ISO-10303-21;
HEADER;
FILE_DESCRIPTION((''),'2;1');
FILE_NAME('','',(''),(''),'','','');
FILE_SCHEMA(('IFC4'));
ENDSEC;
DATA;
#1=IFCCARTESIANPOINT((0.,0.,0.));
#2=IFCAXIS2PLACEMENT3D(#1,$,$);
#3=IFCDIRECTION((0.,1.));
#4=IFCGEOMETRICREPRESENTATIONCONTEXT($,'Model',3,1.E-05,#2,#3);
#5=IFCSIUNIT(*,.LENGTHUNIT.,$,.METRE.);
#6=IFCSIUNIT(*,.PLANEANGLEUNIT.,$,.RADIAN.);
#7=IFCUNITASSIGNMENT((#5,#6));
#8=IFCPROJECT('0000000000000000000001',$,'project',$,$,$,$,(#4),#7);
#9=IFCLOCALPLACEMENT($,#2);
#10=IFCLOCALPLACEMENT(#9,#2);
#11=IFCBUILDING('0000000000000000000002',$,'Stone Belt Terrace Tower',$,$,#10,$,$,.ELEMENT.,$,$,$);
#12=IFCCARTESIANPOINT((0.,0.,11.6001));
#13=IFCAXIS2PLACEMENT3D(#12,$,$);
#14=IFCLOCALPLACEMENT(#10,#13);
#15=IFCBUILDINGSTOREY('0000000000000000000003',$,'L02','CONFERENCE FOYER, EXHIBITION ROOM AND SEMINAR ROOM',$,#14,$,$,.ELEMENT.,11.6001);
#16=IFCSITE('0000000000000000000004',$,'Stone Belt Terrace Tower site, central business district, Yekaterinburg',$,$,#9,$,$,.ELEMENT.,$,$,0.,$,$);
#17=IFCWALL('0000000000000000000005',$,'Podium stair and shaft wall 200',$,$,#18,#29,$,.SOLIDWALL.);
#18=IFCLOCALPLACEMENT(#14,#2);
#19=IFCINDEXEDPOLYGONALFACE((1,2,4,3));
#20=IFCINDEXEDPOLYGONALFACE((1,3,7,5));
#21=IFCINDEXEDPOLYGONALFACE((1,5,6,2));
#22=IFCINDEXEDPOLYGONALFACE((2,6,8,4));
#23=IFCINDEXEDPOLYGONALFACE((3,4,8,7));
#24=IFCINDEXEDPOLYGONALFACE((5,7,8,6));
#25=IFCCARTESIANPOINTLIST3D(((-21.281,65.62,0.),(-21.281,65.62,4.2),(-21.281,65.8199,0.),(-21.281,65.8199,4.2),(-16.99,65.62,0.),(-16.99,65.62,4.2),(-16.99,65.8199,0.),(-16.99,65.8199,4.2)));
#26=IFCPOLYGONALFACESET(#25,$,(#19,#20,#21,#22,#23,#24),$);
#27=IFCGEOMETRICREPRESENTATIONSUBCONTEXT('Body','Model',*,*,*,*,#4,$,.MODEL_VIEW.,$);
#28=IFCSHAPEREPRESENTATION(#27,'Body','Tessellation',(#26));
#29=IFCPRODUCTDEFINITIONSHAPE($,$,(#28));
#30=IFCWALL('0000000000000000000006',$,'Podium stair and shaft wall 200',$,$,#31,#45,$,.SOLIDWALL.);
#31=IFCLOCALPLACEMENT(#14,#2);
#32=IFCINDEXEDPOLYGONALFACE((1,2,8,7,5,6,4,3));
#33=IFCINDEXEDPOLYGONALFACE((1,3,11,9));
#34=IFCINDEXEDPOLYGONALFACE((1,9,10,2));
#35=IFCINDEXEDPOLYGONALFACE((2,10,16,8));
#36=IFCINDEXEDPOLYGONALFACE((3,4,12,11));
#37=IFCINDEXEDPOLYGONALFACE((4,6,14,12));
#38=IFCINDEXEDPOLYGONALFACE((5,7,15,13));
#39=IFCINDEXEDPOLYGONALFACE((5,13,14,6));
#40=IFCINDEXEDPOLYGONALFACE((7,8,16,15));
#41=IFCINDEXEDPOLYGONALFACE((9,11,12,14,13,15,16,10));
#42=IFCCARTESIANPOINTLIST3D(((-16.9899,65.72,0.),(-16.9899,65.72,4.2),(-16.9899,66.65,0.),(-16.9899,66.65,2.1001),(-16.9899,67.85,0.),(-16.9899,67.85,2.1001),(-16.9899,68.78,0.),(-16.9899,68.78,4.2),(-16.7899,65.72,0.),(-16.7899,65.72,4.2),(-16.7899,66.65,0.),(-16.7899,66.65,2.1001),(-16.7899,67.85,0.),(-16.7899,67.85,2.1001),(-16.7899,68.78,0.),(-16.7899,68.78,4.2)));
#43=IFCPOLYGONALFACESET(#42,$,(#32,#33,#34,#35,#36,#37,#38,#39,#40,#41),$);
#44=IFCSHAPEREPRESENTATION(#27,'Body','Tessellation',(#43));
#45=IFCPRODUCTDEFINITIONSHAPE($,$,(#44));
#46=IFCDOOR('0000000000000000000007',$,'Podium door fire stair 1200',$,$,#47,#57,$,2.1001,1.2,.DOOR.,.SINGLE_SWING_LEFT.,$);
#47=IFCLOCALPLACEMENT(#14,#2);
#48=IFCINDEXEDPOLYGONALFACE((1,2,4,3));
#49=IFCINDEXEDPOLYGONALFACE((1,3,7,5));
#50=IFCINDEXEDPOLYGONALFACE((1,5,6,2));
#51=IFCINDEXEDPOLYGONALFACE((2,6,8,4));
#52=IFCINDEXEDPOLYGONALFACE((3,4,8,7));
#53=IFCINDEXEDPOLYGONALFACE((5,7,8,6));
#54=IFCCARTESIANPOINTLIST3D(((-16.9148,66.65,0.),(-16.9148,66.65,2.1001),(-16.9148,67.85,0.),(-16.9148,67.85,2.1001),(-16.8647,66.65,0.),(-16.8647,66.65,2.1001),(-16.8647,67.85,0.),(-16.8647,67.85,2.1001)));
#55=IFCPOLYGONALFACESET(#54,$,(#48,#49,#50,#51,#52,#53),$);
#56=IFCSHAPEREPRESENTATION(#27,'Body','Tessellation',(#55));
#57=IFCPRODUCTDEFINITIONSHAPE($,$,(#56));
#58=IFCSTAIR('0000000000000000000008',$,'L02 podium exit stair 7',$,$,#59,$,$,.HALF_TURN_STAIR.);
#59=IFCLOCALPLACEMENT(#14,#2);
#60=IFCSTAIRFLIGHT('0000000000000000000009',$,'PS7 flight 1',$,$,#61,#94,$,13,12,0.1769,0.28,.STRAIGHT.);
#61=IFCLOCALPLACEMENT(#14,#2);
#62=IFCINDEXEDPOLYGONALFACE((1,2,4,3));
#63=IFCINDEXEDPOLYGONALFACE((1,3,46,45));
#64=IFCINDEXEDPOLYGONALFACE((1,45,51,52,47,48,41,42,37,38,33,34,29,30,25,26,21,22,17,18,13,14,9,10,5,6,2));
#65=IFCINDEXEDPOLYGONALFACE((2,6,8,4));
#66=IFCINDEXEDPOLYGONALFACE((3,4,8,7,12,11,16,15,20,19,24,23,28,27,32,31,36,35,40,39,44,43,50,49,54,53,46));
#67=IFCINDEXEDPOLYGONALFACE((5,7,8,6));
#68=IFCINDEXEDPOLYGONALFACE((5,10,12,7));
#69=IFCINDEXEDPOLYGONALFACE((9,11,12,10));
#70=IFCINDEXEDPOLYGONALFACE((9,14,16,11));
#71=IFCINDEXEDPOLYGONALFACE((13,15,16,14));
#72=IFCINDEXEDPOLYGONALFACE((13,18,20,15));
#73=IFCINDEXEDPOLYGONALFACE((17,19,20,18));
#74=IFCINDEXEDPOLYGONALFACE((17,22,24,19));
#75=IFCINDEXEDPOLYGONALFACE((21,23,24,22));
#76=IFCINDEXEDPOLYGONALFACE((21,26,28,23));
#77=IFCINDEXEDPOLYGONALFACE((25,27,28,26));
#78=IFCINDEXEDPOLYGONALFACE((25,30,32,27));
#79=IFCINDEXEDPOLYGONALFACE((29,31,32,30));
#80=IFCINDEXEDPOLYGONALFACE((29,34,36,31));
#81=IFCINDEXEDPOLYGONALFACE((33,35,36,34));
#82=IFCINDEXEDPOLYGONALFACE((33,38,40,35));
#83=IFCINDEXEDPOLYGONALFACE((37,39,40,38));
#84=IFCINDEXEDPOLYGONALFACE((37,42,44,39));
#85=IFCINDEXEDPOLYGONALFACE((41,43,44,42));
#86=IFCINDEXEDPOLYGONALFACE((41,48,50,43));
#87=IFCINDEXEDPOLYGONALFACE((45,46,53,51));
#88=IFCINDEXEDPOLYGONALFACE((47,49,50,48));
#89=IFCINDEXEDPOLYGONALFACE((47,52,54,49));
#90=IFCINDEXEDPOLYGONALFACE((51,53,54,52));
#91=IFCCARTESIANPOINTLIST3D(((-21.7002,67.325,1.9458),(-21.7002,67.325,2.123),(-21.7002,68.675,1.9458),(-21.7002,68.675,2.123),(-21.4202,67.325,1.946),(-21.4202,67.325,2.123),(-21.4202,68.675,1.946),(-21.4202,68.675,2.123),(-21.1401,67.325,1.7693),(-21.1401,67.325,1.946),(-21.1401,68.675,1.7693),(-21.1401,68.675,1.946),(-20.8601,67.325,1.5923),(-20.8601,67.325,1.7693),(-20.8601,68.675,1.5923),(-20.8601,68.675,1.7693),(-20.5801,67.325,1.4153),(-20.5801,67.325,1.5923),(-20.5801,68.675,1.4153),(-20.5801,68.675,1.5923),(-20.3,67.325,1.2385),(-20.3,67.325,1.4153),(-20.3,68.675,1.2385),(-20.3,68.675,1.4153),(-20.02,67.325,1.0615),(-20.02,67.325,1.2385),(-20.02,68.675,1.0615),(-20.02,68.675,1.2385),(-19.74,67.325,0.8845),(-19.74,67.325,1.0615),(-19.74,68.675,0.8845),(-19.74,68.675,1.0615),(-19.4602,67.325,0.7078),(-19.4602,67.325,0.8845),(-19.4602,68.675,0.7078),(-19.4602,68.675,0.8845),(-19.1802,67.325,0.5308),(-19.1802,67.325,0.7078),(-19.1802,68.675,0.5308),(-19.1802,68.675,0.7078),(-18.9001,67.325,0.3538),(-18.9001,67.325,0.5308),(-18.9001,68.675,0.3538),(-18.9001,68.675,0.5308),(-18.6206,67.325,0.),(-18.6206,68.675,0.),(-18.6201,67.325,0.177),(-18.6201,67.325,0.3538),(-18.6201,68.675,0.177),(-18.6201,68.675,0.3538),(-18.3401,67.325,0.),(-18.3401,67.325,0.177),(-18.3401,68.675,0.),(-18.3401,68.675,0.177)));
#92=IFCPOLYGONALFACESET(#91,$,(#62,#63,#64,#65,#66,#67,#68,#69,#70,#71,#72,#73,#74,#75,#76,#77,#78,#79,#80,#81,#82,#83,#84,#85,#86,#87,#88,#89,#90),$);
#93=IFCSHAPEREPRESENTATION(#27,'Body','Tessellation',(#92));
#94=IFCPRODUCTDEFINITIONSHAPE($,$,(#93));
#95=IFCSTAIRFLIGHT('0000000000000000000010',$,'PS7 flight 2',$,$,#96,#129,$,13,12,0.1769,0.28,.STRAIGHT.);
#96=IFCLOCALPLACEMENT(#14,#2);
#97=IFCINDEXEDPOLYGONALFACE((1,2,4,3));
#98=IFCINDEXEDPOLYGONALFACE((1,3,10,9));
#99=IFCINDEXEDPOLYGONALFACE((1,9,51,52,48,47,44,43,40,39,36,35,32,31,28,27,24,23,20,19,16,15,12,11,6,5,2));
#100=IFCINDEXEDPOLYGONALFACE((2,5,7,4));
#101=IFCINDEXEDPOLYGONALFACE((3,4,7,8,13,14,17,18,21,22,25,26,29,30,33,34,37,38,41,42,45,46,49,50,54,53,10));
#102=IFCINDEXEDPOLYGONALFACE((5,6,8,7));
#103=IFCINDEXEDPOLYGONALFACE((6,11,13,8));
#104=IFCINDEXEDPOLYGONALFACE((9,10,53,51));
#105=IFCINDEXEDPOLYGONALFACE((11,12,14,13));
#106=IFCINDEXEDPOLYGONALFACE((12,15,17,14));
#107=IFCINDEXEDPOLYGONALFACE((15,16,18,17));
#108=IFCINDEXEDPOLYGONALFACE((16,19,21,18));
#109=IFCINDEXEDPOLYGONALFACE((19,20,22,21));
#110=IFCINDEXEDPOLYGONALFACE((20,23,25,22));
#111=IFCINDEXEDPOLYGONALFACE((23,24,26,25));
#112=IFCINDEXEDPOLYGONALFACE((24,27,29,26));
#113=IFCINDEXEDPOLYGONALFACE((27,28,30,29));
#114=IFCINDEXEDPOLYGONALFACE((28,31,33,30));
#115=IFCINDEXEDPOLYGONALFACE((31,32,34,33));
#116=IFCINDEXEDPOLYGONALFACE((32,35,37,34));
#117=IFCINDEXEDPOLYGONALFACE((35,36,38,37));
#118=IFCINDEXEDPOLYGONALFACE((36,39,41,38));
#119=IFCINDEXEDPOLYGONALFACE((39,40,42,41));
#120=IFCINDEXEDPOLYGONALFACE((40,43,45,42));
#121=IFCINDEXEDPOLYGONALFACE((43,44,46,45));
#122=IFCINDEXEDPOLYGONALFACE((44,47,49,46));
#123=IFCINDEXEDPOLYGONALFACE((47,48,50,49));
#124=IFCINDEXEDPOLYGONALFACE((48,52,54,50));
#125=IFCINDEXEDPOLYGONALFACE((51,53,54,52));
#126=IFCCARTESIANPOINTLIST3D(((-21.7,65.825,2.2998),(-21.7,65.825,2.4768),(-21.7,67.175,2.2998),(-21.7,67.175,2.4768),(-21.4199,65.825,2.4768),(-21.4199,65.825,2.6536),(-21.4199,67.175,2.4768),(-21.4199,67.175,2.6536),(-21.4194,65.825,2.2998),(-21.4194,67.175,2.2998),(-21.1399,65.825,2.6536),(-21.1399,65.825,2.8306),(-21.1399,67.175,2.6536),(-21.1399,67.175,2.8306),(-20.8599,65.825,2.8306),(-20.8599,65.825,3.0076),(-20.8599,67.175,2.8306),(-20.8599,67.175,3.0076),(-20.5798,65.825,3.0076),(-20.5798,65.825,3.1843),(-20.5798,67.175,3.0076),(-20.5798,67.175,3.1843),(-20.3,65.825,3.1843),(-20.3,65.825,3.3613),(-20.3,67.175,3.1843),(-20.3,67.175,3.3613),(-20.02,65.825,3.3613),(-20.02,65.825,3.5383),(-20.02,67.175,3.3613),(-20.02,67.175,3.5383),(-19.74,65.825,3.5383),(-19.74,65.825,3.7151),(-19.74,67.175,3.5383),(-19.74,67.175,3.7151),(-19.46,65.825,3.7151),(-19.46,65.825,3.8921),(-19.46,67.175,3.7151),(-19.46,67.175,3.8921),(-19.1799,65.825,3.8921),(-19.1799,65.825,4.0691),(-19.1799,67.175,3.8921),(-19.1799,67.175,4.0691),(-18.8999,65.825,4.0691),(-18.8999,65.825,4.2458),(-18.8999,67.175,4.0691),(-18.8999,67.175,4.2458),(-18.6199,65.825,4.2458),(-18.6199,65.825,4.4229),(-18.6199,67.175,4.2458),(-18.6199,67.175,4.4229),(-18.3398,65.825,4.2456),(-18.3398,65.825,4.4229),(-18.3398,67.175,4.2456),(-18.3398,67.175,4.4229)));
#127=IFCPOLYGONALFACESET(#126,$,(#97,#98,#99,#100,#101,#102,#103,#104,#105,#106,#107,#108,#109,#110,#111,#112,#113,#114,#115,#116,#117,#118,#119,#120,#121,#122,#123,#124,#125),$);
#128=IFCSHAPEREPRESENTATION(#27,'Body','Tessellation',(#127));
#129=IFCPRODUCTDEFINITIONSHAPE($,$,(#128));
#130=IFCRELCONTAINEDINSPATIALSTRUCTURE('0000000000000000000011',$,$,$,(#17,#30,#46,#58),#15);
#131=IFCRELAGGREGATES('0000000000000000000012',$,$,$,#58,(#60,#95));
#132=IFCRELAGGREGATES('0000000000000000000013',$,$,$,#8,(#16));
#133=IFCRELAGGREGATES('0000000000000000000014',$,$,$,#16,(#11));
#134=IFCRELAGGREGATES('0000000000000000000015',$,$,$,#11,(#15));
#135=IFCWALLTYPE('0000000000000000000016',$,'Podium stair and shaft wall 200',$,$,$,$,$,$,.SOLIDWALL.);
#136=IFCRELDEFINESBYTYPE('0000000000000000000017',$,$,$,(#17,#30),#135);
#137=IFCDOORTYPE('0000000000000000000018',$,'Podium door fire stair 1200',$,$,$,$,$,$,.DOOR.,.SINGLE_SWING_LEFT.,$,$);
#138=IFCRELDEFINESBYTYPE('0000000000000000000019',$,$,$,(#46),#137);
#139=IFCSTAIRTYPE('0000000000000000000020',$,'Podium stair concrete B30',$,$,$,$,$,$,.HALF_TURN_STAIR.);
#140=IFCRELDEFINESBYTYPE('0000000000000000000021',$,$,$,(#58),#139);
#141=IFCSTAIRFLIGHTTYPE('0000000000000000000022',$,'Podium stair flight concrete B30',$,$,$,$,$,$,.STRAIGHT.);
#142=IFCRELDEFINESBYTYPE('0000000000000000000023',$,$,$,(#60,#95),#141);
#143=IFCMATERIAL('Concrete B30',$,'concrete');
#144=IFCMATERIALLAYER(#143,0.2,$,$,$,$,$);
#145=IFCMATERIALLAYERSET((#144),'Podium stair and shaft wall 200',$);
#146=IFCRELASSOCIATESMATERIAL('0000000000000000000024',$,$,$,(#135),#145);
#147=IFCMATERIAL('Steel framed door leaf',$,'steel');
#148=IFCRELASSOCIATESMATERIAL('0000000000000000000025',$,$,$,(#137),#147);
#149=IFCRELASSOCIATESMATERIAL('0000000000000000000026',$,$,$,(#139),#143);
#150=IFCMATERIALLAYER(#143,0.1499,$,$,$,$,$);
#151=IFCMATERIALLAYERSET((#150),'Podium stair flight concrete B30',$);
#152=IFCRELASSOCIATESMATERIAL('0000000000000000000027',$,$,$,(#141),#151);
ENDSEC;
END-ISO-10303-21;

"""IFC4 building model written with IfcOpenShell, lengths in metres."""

from ifc_helpers import new_model, si_unit, direction, frame, frame_2d, origin, place, context, subcontext, project, spatial, polyline, rectangle, outline, extrude, material, layer, layer_set, type_object, element, fill, aggregate, save


model = new_model("IFC4")

# Units and contexts
model_context = context("Model", 3, precision=1e-05, world=origin(), true_north=direction((0.0, 1.0)))
body_context = subcontext(model_context, "Body", "Model", "MODEL_VIEW")
ifc_project = project(units=[si_unit("LENGTHUNIT", "METRE"), si_unit("PLANEANGLEUNIT", "RADIAN")], contexts=[model_context])

# Site, building, storey
site_placement = place(None, origin())
site = spatial("IfcSite", under=ifc_project, at=site_placement, Name="Stone Belt Terrace Tower site, central business district, Yekaterinburg", CompositionType="ELEMENT", RefElevation=0.0)
building_placement = place(site_placement, origin())
building = spatial("IfcBuilding", under=site, at=building_placement, Name="Stone Belt Terrace Tower", CompositionType="ELEMENT")
storey_placement = place(building_placement, frame((0.0, 0.0, 11.6001)))
storey = spatial("IfcBuildingStorey", under=building, at=storey_placement, Name="L02", Description="CONFERENCE FOYER, EXHIBITION ROOM AND SEMINAR ROOM", CompositionType="ELEMENT", Elevation=11.6001)

# Wall
ifc_material_1 = material(Name="Concrete B30", Category="concrete")
ifc_layer_1 = layer(ifc_material_1, 0.2)
ifc_layer_set_1 = layer_set([ifc_layer_1], Name="Podium stair and shaft wall 200")
wall_type_1 = type_object("IfcWallType", Name="Podium stair and shaft wall 200", PredefinedType="SOLIDWALL", material=ifc_layer_set_1)
wall_1_placement = place(storey_placement, frame((-21.281, 65.72, 0.0), z_axis=(0.0, 0.0, 1.0), x_axis=(1.0, 0.0, 0.0)))
element("IfcWall", 1, at=wall_1_placement, inside=storey, type_object=wall_type_1, Name="Podium stair and shaft wall 200", PredefinedType="SOLIDWALL", context=body_context, shape_type="SweptSolid", body=[
    extrude(rectangle(XDim=4.291, YDim=0.2, at=frame_2d((2.1455, 0.0))), origin(), (0.0, 0.0, 1.0), 4.2),
])

# Wall, opening, door
wall_2_placement = place(storey_placement, frame((-16.8899, 65.72, 0.0), z_axis=(0.0, 0.0, 1.0), x_axis=(0.0, 1.0, 0.0)))
wall_2 = element("IfcWall", 2, at=wall_2_placement, inside=storey, type_object=wall_type_1, Name="Podium stair and shaft wall 200", PredefinedType="SOLIDWALL", context=body_context, shape_type="SweptSolid", body=[
    extrude(rectangle(XDim=3.0601, YDim=0.2, at=frame_2d((1.53, 0.0))), origin(), (0.0, 0.0, 1.0), 4.2),
])
opening_placement = place(wall_2_placement, frame((0.9299, 0.0, 0.0)))
opening = element("IfcOpeningElement", 3, at=opening_placement, cuts=wall_2, PredefinedType="OPENING", context=body_context, shape_type="SweptSolid", body=[
    extrude(rectangle(XDim=1.2, YDim=2.1001, at=frame_2d((0.6001, 1.05))), frame((0.0, 0.1099, 0.0), z_axis=(0.0, -1.0, 0.0), x_axis=(1.0, 0.0, 0.0)), (0.0, 0.0, 1.0), 0.22),
])
ifc_material_2 = material(Name="Steel framed door leaf", Category="steel")
door_type = type_object("IfcDoorType", Name="Podium door fire stair 1200", OperationType="SINGLE_SWING_LEFT", PredefinedType="DOOR", material=ifc_material_2)
door_placement = place(opening_placement, origin())
door = element("IfcDoor", 4, at=door_placement, inside=storey, type_object=door_type, Name="Podium door fire stair 1200", OperationType="SINGLE_SWING_LEFT", OverallHeight=2.1001, OverallWidth=1.2, PredefinedType="DOOR", context=body_context, shape_type="SweptSolid", body=[
    extrude(rectangle(XDim=1.2, YDim=2.1001, at=frame_2d((0.6001, 1.05))), frame((0.0, 0.0249, 0.0), z_axis=(0.0, -1.0, 0.0), x_axis=(1.0, 0.0, 0.0)), (0.0, 0.0, 1.0), 0.05),
])
fill(opening, door)

# Stair, stair flights
stair_type = type_object("IfcStairType", Name="Podium stair concrete B30", PredefinedType="HALF_TURN_STAIR", material=ifc_material_1)
stair_placement = place(storey_placement, origin())
stair = element("IfcStair", 5, at=stair_placement, inside=storey, type_object=stair_type, Name="L02 podium exit stair 7", PredefinedType="HALF_TURN_STAIR")
ifc_layer_2 = layer(ifc_material_1, 0.1499)
ifc_layer_set_2 = layer_set([ifc_layer_2], Name="Podium stair flight concrete B30")
stair_flight_type = type_object("IfcStairFlightType", Name="Podium stair flight concrete B30", PredefinedType="STRAIGHT", material=ifc_layer_set_2)
stair_flight_1_placement = place(storey_placement, frame((-18.3401, 68.0, 0.0), z_axis=(0.0, 0.0, 1.0), x_axis=(-1.0, 0.0, 0.0)))
stair_flight_1 = element("IfcStairFlight", 6, at=stair_flight_1_placement, type_object=stair_flight_type, Name="PS7 flight 1", NumberOfRisers=13, NumberOfTreads=12, PredefinedType="STRAIGHT", RiserHeight=0.1769, TreadLength=0.28, context=body_context, shape_type="SweptSolid", body=[
    extrude(outline(polyline([(0.0, 0.0), (0.0, 0.177), (0.28, 0.177), (0.28, 0.3538), (0.5601, 0.3538), (0.5601, 0.5308), (0.8401, 0.5308), (0.8401, 0.7078), (1.1201, 0.7078), (1.1201, 0.8845), (1.3999, 0.8845), (1.3999, 1.0615), (1.6799, 1.0615), (1.6799, 1.2385), (1.96, 1.2385), (1.96, 1.4153), (2.24, 1.4153), (2.24, 1.5923), (2.52, 1.5923), (2.52, 1.7693), (2.8, 1.7693), (2.8, 1.946), (3.0801, 1.946), (3.0801, 2.123), (3.3601, 2.123), (3.3601, 2.3), (3.3601, 1.9458), (0.2805, 0.0), (0.0, 0.0)])), frame((0.0, 0.675, 0.0), z_axis=(0.0, -1.0, 0.0), x_axis=(1.0, 0.0, 0.0)), (0.0, 0.0, 1.0), 1.3501),
])
stair_flight_2_placement = place(storey_placement, frame((-21.7, 66.5, 2.2998), z_axis=(0.0, 0.0, 1.0), x_axis=(1.0, 0.0, 0.0)))
stair_flight_2 = element("IfcStairFlight", 7, at=stair_flight_2_placement, type_object=stair_flight_type, Name="PS7 flight 2", NumberOfRisers=13, NumberOfTreads=12, PredefinedType="STRAIGHT", RiserHeight=0.1769, TreadLength=0.28, context=body_context, shape_type="SweptSolid", body=[
    extrude(outline(polyline([(0.0, 0.0), (0.0, 0.177), (0.28, 0.177), (0.28, 0.3538), (0.5601, 0.3538), (0.5601, 0.5308), (0.8401, 0.5308), (0.8401, 0.7078), (1.1201, 0.7078), (1.1201, 0.8845), (1.3999, 0.8845), (1.3999, 1.0615), (1.6799, 1.0615), (1.6799, 1.2385), (1.96, 1.2385), (1.96, 1.4153), (2.24, 1.4153), (2.24, 1.5923), (2.52, 1.5923), (2.52, 1.7693), (2.8, 1.7693), (2.8, 1.946), (3.0801, 1.946), (3.0801, 2.123), (3.3601, 2.123), (3.3601, 2.3), (3.3601, 1.9458), (0.2805, 0.0), (0.0, 0.0)])), frame((0.0, 0.675, 0.0), z_axis=(0.0, -1.0, 0.0), x_axis=(1.0, 0.0, 0.0)), (0.0, 0.0, 1.0), 1.3501),
])
aggregate(stair, [stair_flight_1, stair_flight_2])

save(model, "model.ifc")
